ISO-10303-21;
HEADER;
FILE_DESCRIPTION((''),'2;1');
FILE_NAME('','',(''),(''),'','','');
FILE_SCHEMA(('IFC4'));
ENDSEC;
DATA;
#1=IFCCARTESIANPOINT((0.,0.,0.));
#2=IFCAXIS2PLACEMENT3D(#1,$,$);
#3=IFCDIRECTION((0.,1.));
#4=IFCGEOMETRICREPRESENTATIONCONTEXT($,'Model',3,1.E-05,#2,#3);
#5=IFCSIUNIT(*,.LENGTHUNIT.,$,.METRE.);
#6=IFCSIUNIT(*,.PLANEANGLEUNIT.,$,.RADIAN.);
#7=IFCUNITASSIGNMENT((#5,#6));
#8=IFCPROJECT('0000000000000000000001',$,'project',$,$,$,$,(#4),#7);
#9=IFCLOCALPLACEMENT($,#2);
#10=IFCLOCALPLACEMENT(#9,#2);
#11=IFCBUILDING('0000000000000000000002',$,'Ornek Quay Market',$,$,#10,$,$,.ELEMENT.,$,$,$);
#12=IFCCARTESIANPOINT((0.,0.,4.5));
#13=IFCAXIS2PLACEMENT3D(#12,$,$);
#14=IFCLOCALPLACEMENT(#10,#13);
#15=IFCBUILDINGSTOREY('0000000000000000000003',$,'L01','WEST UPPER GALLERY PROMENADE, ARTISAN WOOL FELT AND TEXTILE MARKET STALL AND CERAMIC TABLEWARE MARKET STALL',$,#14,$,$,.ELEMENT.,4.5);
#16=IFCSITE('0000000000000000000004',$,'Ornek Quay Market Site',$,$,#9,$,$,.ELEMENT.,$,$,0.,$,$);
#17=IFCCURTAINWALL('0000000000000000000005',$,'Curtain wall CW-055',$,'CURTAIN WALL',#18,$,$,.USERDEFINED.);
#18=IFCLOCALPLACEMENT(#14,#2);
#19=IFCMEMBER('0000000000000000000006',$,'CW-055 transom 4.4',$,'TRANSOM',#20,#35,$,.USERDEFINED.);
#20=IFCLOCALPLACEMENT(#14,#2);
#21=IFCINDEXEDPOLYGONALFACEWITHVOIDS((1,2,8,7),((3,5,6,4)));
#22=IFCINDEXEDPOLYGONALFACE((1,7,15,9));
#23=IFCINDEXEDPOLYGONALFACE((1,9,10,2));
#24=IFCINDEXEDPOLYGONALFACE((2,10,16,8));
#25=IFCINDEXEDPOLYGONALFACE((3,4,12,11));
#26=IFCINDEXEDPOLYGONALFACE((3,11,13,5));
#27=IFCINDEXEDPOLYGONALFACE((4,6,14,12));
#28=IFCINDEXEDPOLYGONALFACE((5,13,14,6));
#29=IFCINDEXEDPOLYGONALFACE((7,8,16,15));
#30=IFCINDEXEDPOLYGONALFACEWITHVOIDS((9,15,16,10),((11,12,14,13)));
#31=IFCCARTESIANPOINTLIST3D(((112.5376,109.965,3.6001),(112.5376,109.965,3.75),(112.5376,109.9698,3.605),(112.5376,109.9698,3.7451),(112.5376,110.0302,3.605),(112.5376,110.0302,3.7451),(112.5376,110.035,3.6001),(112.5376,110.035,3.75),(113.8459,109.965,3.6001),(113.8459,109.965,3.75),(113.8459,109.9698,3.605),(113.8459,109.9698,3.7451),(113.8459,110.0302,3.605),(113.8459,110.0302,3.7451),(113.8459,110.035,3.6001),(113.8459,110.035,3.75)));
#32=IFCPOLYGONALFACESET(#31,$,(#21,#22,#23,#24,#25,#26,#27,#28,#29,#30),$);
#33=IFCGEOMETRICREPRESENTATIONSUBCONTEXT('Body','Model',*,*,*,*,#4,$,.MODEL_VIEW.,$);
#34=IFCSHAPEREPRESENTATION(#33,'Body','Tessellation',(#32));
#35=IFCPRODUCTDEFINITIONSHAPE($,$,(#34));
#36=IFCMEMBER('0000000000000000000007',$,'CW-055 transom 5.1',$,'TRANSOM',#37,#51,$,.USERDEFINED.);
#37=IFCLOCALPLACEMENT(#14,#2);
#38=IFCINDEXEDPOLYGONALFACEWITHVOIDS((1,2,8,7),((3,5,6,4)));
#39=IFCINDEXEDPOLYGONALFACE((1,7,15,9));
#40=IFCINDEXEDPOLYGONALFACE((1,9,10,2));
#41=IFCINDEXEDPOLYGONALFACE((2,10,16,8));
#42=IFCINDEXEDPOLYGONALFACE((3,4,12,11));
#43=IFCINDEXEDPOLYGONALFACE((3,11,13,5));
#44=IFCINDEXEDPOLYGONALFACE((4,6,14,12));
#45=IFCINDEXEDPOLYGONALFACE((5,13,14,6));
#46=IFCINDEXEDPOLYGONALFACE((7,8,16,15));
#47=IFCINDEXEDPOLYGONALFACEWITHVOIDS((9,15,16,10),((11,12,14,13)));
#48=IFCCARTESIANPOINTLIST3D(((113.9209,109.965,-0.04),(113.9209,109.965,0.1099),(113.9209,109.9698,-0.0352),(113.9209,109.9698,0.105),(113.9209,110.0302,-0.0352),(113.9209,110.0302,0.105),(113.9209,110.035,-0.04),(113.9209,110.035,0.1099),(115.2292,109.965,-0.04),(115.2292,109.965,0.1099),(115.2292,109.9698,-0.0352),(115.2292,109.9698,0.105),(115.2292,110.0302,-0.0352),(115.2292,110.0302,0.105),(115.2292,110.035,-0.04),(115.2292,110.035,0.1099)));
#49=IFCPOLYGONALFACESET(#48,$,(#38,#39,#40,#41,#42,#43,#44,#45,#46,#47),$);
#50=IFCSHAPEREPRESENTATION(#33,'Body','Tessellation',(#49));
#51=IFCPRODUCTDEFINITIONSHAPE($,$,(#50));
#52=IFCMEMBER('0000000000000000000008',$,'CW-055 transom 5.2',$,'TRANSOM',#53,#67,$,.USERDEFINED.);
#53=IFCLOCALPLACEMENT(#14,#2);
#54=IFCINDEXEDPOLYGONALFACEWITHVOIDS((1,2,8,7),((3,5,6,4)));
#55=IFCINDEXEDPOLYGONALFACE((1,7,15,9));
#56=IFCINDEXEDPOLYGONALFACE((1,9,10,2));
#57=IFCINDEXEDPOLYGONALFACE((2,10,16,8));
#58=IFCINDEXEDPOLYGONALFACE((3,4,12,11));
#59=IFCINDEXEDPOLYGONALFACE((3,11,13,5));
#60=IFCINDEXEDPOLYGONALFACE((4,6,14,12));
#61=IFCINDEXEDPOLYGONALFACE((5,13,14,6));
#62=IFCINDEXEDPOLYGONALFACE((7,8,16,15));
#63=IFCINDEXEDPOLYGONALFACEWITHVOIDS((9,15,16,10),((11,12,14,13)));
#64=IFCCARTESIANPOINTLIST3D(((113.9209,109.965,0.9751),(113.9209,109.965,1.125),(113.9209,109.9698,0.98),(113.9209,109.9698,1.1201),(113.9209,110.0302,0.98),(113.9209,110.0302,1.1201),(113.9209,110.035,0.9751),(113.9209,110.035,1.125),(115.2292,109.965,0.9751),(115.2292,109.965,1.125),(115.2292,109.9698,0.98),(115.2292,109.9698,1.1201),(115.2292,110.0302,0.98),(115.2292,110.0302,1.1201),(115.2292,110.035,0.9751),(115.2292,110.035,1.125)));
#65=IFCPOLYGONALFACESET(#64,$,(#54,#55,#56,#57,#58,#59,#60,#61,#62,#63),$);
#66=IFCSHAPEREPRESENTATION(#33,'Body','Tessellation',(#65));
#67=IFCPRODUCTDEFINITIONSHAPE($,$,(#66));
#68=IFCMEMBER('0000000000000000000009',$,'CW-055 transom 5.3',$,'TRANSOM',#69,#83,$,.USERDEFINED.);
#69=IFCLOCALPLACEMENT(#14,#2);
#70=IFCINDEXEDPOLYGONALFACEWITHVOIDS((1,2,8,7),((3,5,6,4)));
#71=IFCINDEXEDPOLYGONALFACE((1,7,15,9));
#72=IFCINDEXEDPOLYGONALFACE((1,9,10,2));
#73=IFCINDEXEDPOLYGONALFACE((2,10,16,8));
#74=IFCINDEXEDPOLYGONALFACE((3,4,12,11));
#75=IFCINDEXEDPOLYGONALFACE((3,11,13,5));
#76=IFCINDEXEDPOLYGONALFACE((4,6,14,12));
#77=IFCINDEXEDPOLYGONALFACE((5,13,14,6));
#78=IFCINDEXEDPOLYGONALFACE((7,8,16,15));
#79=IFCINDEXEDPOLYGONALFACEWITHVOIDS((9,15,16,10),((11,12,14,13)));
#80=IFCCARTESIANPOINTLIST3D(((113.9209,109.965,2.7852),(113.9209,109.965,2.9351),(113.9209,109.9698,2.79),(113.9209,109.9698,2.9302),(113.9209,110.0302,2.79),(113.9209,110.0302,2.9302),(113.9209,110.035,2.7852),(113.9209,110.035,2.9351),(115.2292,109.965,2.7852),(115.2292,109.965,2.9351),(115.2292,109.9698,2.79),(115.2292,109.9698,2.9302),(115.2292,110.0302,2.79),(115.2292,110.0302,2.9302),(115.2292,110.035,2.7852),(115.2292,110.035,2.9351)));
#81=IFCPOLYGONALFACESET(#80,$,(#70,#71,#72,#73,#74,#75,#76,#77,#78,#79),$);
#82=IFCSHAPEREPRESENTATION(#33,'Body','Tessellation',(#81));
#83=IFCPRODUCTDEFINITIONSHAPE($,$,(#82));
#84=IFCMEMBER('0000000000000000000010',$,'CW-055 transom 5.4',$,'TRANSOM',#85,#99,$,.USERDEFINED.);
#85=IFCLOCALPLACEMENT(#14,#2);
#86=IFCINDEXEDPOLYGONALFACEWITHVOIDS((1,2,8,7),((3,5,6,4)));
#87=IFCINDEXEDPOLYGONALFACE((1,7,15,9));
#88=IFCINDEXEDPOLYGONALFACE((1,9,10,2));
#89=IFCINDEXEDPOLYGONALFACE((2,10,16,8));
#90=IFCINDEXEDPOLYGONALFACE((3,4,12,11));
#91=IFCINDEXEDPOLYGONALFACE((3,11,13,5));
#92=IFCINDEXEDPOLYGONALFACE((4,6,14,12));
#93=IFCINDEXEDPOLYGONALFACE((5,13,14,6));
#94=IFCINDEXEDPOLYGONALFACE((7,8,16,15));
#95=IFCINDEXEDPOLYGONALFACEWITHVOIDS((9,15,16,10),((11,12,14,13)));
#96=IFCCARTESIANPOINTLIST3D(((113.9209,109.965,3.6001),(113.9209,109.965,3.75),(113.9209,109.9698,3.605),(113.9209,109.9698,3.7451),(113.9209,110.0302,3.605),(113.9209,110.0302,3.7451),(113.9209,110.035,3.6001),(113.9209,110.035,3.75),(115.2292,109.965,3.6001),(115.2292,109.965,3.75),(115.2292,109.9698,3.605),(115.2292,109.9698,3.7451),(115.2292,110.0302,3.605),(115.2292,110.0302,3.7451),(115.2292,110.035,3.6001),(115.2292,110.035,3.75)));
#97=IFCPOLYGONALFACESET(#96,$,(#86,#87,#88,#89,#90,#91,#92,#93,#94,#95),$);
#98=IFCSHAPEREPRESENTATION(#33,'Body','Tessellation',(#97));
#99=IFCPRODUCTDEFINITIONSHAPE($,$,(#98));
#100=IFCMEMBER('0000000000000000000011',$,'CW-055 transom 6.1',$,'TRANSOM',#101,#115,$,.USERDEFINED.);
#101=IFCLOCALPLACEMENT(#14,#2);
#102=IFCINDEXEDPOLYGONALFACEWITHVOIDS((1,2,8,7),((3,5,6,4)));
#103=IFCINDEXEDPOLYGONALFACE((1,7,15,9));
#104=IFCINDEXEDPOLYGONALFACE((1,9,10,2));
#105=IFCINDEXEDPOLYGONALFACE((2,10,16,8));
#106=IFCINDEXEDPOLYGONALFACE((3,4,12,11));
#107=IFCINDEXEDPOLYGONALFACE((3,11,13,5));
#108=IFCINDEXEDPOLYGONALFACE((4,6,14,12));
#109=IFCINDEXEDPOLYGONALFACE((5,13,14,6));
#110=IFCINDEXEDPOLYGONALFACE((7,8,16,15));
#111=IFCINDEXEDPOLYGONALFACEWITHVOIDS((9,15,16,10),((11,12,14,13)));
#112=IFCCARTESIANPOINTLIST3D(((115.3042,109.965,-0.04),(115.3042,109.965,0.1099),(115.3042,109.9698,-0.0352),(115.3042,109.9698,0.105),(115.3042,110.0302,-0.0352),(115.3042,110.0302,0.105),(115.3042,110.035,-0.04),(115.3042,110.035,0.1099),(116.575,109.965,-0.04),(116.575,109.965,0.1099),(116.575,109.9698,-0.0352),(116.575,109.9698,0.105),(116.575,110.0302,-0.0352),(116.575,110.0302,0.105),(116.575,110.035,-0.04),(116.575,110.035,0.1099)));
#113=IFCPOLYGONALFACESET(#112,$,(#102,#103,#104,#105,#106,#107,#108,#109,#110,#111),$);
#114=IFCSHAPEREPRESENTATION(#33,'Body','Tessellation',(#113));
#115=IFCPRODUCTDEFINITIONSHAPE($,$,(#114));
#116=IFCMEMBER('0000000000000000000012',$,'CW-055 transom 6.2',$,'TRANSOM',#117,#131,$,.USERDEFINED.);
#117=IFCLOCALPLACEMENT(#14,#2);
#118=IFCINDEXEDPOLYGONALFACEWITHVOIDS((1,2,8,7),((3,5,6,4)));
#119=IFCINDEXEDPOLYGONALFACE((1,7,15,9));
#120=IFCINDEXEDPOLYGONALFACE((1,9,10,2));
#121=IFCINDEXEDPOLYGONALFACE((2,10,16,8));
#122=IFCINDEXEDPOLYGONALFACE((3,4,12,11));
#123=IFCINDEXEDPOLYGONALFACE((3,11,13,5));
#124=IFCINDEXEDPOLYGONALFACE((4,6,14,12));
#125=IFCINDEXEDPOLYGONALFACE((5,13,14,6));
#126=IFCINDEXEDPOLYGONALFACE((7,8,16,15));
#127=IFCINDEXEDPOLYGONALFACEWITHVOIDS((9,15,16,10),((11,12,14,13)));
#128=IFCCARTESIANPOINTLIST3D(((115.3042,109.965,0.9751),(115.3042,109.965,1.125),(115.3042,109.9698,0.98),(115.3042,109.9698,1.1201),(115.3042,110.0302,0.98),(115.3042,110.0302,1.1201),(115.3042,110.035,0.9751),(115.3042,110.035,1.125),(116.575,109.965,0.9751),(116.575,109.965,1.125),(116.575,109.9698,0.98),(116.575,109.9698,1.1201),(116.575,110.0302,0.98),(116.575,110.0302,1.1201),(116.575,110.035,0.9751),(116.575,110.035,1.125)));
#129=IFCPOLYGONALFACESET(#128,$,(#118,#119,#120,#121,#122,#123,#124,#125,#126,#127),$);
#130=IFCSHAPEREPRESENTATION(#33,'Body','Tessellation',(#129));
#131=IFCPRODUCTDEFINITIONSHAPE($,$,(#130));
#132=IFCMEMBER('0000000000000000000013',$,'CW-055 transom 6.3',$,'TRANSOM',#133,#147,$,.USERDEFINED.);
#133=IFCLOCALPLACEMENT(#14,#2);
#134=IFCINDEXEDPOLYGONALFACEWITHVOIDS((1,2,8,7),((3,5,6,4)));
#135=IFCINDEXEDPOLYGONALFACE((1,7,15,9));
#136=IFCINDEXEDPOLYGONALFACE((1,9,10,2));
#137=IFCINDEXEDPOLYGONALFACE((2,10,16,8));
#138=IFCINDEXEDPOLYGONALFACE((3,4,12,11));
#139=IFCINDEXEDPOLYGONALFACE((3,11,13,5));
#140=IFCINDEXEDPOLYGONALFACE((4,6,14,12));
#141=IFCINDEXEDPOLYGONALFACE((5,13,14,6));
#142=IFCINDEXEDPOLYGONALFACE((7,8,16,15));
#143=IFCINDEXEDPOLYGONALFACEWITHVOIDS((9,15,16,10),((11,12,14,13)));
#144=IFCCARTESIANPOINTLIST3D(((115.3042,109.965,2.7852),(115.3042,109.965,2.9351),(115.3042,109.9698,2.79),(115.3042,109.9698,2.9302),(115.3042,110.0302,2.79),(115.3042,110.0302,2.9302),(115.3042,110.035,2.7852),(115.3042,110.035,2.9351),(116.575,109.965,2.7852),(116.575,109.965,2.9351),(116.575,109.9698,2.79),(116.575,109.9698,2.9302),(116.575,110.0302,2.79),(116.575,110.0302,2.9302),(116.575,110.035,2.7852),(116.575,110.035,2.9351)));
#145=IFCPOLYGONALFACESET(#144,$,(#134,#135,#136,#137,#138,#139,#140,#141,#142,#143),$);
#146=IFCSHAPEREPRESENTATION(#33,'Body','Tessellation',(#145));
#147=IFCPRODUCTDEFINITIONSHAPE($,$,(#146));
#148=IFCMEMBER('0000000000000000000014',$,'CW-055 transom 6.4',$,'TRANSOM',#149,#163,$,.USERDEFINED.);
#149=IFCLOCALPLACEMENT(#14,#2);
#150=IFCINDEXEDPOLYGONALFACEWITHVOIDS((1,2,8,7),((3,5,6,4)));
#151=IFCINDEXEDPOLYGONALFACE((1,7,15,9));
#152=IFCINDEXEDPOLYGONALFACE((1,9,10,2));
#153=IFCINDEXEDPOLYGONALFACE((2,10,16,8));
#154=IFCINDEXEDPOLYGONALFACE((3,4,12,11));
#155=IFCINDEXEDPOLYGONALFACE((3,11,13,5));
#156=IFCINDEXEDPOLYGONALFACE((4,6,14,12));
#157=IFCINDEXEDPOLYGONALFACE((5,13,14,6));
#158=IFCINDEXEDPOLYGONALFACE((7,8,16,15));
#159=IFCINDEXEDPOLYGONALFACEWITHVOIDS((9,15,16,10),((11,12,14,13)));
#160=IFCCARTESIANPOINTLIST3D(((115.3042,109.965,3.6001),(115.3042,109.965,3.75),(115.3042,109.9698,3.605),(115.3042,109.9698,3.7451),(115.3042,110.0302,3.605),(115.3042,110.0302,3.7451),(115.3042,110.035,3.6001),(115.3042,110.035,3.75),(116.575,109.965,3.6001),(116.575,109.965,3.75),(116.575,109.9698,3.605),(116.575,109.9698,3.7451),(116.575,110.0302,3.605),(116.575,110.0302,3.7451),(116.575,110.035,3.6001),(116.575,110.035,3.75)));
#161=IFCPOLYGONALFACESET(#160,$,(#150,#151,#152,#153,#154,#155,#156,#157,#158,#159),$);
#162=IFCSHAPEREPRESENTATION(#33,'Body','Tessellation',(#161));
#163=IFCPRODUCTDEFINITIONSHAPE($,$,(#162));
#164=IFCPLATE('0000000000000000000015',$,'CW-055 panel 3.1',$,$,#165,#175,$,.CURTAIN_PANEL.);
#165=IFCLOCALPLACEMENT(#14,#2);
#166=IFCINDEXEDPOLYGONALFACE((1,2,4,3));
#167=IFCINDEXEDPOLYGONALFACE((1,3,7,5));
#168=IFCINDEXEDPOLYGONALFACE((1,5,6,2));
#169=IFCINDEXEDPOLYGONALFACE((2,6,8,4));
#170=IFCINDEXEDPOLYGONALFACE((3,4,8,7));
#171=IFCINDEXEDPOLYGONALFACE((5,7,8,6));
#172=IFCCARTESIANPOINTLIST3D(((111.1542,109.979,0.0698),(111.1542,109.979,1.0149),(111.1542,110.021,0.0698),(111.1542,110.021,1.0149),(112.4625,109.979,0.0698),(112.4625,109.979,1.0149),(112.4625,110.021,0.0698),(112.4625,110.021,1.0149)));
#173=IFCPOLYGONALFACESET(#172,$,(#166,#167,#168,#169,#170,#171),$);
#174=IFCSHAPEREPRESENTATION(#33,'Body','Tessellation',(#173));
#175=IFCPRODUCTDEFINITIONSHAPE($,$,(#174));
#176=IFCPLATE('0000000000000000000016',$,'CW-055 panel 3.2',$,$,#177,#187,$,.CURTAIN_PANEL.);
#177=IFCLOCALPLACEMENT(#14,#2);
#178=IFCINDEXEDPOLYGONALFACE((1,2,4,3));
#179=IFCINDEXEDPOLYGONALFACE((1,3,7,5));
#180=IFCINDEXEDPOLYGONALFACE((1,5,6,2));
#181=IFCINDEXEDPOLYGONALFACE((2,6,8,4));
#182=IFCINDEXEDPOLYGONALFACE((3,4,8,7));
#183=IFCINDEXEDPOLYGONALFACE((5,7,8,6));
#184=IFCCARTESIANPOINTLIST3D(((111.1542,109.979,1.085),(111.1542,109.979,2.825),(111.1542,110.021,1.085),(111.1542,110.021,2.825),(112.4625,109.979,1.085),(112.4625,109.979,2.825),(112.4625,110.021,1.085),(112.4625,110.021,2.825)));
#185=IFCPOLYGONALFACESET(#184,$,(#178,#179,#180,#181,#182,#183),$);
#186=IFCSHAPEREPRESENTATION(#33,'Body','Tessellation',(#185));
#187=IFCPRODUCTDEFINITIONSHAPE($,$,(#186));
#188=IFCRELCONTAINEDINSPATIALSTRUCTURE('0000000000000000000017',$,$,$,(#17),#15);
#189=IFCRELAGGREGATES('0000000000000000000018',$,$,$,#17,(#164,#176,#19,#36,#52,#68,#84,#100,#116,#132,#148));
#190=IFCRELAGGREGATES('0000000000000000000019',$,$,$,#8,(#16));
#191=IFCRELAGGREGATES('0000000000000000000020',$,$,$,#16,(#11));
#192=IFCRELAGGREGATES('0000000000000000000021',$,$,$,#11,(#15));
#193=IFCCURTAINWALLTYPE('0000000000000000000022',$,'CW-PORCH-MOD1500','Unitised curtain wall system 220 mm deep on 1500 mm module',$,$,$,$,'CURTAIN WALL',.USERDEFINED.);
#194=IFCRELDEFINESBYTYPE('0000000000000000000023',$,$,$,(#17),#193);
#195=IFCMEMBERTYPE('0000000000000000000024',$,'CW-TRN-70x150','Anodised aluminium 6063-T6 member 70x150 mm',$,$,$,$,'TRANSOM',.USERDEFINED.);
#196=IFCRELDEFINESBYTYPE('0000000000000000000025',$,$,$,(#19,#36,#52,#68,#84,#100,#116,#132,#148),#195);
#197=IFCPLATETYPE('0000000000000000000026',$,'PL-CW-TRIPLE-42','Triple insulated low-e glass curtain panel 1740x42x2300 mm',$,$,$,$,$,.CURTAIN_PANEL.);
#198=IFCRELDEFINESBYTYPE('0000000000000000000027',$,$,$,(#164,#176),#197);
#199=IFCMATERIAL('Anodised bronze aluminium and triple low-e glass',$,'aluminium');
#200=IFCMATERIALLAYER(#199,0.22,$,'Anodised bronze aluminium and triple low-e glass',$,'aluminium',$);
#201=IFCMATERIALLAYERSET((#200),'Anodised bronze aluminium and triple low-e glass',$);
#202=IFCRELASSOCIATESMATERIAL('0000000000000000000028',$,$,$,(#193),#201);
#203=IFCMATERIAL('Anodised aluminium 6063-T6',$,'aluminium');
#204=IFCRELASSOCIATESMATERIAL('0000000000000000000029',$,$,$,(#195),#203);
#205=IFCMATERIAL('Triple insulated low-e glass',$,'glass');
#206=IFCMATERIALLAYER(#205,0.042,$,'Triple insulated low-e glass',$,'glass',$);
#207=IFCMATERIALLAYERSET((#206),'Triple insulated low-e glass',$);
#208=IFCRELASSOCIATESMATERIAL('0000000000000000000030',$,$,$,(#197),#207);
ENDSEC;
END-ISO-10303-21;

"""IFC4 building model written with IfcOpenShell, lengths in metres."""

from ifc_helpers import new_model, si_unit, direction, frame, origin, origin_2d, place, context, subcontext, project, spatial, rectangle, hollow_rectangle, extrude, material, layer, layer_set, material_profile, profile_set, type_object, element, aggregate, save


model = new_model("IFC4")

# Units and contexts
model_context = context("Model", 3, precision=1e-05, world=origin(), true_north=direction((0.0, 1.0)))
body_context = subcontext(model_context, "Body", "Model", "MODEL_VIEW")
ifc_project = project(units=[si_unit("LENGTHUNIT", "METRE"), si_unit("PLANEANGLEUNIT", "RADIAN")], contexts=[model_context])

# Site, building, storey
site_placement = place(None, origin())
site = spatial("IfcSite", under=ifc_project, at=site_placement, Name="Ornek Quay Market Site", CompositionType="ELEMENT", RefElevation=0.0)
building_placement = place(site_placement, origin())
building = spatial("IfcBuilding", under=site, at=building_placement, Name="Ornek Quay Market", CompositionType="ELEMENT")
storey_placement = place(building_placement, frame((0.0, 0.0, 4.5)))
storey = spatial("IfcBuildingStorey", under=building, at=storey_placement, Name="L01", Description="WEST UPPER GALLERY PROMENADE, ARTISAN WOOL FELT AND TEXTILE MARKET STALL AND CERAMIC TABLEWARE MARKET STALL", CompositionType="ELEMENT", Elevation=4.5)

# Curtain wall
ifc_material_1 = material(Name="Anodised bronze aluminium and triple low-e glass", Category="aluminium")
ifc_layer_1 = layer(ifc_material_1, 0.22, Name="Anodised bronze aluminium and triple low-e glass", Category="aluminium")
ifc_layer_set_1 = layer_set([ifc_layer_1], Name="Anodised bronze aluminium and triple low-e glass")
curtain_wall_type = type_object("IfcCurtainWallType", Name="CW-PORCH-MOD1500", Description="Unitised curtain wall system 220 mm deep on 1500 mm module", ElementType="CURTAIN WALL", PredefinedType="USERDEFINED", material=ifc_layer_set_1)
curtain_wall_1_placement = place(storey_placement, origin())
curtain_wall_1 = element("IfcCurtainWall", 1, at=curtain_wall_1_placement, inside=storey, type_object=curtain_wall_type, Name="Curtain wall CW-055", ObjectType="CURTAIN WALL", PredefinedType="USERDEFINED")
ifc_material_2 = material(Name="Anodised aluminium 6063-T6", Category="aluminium")

# Members
ifc_material_profile_1 = material_profile(ifc_material_2, hollow_rectangle(XDim=0.0701, YDim=0.1499, WallThickness=0.0049, at=origin_2d()), Name="CW-TRN-70x150", Category="aluminium")
ifc_profile_set_1 = profile_set([ifc_material_profile_1], Name="Anodised aluminium 6063-T6")
member_type_1 = type_object("IfcMemberType", Name="CW-TRN-70x150", Description="Anodised aluminium 6063-T6 member 70x150 mm", ElementType="TRANSOM", PredefinedType="USERDEFINED", material=ifc_profile_set_1)
member_1_placement = place(storey_placement, frame((112.5376, 110.0, 3.675), z_axis=(1.0, 0.0, 0.0), x_axis=(0.0, 1.0, 0.0)))
member_1 = element("IfcMember", 2, at=member_1_placement, type_object=member_type_1, Name="CW-055 transom 4.4", ObjectType="TRANSOM", PredefinedType="USERDEFINED", context=body_context, shape_type="SweptSolid", body=[
    extrude(hollow_rectangle(XDim=0.0701, YDim=0.1499, WallThickness=0.0049, at=origin_2d()), origin(), (0.0, 0.0, 1.0), 1.3083),
])
member_2_placement = place(storey_placement, frame((113.9209, 110.0, 0.0349), z_axis=(1.0, 0.0, 0.0), x_axis=(0.0, 1.0, 0.0)))
member_2 = element("IfcMember", 3, at=member_2_placement, type_object=member_type_1, Name="CW-055 transom 5.1", ObjectType="TRANSOM", PredefinedType="USERDEFINED", context=body_context, shape_type="SweptSolid", body=[
    extrude(hollow_rectangle(XDim=0.0701, YDim=0.1499, WallThickness=0.0049, at=origin_2d()), origin(), (0.0, 0.0, 1.0), 1.3083),
])
member_3_placement = place(storey_placement, frame((113.9209, 110.0, 1.05), z_axis=(1.0, 0.0, 0.0), x_axis=(0.0, 1.0, 0.0)))
member_3 = element("IfcMember", 4, at=member_3_placement, type_object=member_type_1, Name="CW-055 transom 5.2", ObjectType="TRANSOM", PredefinedType="USERDEFINED", context=body_context, shape_type="SweptSolid", body=[
    extrude(hollow_rectangle(XDim=0.0701, YDim=0.1499, WallThickness=0.0049, at=origin_2d()), origin(), (0.0, 0.0, 1.0), 1.3083),
])
member_4_placement = place(storey_placement, frame((113.9209, 110.0, 2.8601), z_axis=(1.0, 0.0, 0.0), x_axis=(0.0, 1.0, 0.0)))
member_4 = element("IfcMember", 5, at=member_4_placement, type_object=member_type_1, Name="CW-055 transom 5.3", ObjectType="TRANSOM", PredefinedType="USERDEFINED", context=body_context, shape_type="SweptSolid", body=[
    extrude(hollow_rectangle(XDim=0.0701, YDim=0.1499, WallThickness=0.0049, at=origin_2d()), origin(), (0.0, 0.0, 1.0), 1.3083),
])
member_5_placement = place(storey_placement, frame((113.9209, 110.0, 3.675), z_axis=(1.0, 0.0, 0.0), x_axis=(0.0, 1.0, 0.0)))
member_5 = element("IfcMember", 6, at=member_5_placement, type_object=member_type_1, Name="CW-055 transom 5.4", ObjectType="TRANSOM", PredefinedType="USERDEFINED", context=body_context, shape_type="SweptSolid", body=[
    extrude(hollow_rectangle(XDim=0.0701, YDim=0.1499, WallThickness=0.0049, at=origin_2d()), origin(), (0.0, 0.0, 1.0), 1.3083),
])
member_6_placement = place(storey_placement, frame((115.3042, 110.0, 0.0349), z_axis=(1.0, 0.0, 0.0), x_axis=(0.0, 1.0, 0.0)))
member_6 = element("IfcMember", 7, at=member_6_placement, type_object=member_type_1, Name="CW-055 transom 6.1", ObjectType="TRANSOM", PredefinedType="USERDEFINED", context=body_context, shape_type="SweptSolid", body=[
    extrude(hollow_rectangle(XDim=0.0701, YDim=0.1499, WallThickness=0.0049, at=origin_2d()), origin(), (0.0, 0.0, 1.0), 1.2708),
])
member_7_placement = place(storey_placement, frame((115.3042, 110.0, 1.05), z_axis=(1.0, 0.0, 0.0), x_axis=(0.0, 1.0, 0.0)))
member_7 = element("IfcMember", 8, at=member_7_placement, type_object=member_type_1, Name="CW-055 transom 6.2", ObjectType="TRANSOM", PredefinedType="USERDEFINED", context=body_context, shape_type="SweptSolid", body=[
    extrude(hollow_rectangle(XDim=0.0701, YDim=0.1499, WallThickness=0.0049, at=origin_2d()), origin(), (0.0, 0.0, 1.0), 1.2708),
])
member_8_placement = place(storey_placement, frame((115.3042, 110.0, 2.8601), z_axis=(1.0, 0.0, 0.0), x_axis=(0.0, 1.0, 0.0)))
member_8 = element("IfcMember", 9, at=member_8_placement, type_object=member_type_1, Name="CW-055 transom 6.3", ObjectType="TRANSOM", PredefinedType="USERDEFINED", context=body_context, shape_type="SweptSolid", body=[
    extrude(hollow_rectangle(XDim=0.0701, YDim=0.1499, WallThickness=0.0049, at=origin_2d()), origin(), (0.0, 0.0, 1.0), 1.2708),
])
member_9_placement = place(storey_placement, frame((115.3042, 110.0, 3.675), z_axis=(1.0, 0.0, 0.0), x_axis=(0.0, 1.0, 0.0)))
member_9 = element("IfcMember", 10, at=member_9_placement, type_object=member_type_1, Name="CW-055 transom 6.4", ObjectType="TRANSOM", PredefinedType="USERDEFINED", context=body_context, shape_type="SweptSolid", body=[
    extrude(hollow_rectangle(XDim=0.0701, YDim=0.1499, WallThickness=0.0049, at=origin_2d()), origin(), (0.0, 0.0, 1.0), 1.2708),
])

# Plates
ifc_material_3 = material(Name="Triple insulated low-e glass", Category="glass")
ifc_layer_2 = layer(ifc_material_3, 0.042, Name="Triple insulated low-e glass", Category="glass")
ifc_layer_set_2 = layer_set([ifc_layer_2], Name="Triple insulated low-e glass")
plate_type = type_object("IfcPlateType", Name="PL-CW-TRIPLE-42", Description="Triple insulated low-e glass curtain panel 1740x42x2300 mm", PredefinedType="CURTAIN_PANEL", material=ifc_layer_set_2)
plate_1_placement = place(storey_placement, frame((111.8083, 110.0, 0.0698), z_axis=(0.0, 0.0, 1.0), x_axis=(1.0, 0.0, 0.0)))
plate_1 = element("IfcPlate", 11, at=plate_1_placement, type_object=plate_type, Name="CW-055 panel 3.1", PredefinedType="CURTAIN_PANEL", context=body_context, shape_type="SweptSolid", body=[
    extrude(rectangle(XDim=1.3083, YDim=0.042, at=origin_2d()), origin(), (0.0, 0.0, 1.0), 0.9451),
])
plate_2_placement = place(storey_placement, frame((111.8083, 110.0, 1.085), z_axis=(0.0, 0.0, 1.0), x_axis=(1.0, 0.0, 0.0)))
plate_2 = element("IfcPlate", 12, at=plate_2_placement, type_object=plate_type, Name="CW-055 panel 3.2", PredefinedType="CURTAIN_PANEL", context=body_context, shape_type="SweptSolid", body=[
    extrude(rectangle(XDim=1.3083, YDim=0.042, at=origin_2d()), origin(), (0.0, 0.0, 1.0), 1.74),
])
aggregate(curtain_wall_1, [plate_1, plate_2, member_1, member_2, member_3, member_4, member_5, member_6, member_7, member_8, member_9])

save(model, "model.ifc")
